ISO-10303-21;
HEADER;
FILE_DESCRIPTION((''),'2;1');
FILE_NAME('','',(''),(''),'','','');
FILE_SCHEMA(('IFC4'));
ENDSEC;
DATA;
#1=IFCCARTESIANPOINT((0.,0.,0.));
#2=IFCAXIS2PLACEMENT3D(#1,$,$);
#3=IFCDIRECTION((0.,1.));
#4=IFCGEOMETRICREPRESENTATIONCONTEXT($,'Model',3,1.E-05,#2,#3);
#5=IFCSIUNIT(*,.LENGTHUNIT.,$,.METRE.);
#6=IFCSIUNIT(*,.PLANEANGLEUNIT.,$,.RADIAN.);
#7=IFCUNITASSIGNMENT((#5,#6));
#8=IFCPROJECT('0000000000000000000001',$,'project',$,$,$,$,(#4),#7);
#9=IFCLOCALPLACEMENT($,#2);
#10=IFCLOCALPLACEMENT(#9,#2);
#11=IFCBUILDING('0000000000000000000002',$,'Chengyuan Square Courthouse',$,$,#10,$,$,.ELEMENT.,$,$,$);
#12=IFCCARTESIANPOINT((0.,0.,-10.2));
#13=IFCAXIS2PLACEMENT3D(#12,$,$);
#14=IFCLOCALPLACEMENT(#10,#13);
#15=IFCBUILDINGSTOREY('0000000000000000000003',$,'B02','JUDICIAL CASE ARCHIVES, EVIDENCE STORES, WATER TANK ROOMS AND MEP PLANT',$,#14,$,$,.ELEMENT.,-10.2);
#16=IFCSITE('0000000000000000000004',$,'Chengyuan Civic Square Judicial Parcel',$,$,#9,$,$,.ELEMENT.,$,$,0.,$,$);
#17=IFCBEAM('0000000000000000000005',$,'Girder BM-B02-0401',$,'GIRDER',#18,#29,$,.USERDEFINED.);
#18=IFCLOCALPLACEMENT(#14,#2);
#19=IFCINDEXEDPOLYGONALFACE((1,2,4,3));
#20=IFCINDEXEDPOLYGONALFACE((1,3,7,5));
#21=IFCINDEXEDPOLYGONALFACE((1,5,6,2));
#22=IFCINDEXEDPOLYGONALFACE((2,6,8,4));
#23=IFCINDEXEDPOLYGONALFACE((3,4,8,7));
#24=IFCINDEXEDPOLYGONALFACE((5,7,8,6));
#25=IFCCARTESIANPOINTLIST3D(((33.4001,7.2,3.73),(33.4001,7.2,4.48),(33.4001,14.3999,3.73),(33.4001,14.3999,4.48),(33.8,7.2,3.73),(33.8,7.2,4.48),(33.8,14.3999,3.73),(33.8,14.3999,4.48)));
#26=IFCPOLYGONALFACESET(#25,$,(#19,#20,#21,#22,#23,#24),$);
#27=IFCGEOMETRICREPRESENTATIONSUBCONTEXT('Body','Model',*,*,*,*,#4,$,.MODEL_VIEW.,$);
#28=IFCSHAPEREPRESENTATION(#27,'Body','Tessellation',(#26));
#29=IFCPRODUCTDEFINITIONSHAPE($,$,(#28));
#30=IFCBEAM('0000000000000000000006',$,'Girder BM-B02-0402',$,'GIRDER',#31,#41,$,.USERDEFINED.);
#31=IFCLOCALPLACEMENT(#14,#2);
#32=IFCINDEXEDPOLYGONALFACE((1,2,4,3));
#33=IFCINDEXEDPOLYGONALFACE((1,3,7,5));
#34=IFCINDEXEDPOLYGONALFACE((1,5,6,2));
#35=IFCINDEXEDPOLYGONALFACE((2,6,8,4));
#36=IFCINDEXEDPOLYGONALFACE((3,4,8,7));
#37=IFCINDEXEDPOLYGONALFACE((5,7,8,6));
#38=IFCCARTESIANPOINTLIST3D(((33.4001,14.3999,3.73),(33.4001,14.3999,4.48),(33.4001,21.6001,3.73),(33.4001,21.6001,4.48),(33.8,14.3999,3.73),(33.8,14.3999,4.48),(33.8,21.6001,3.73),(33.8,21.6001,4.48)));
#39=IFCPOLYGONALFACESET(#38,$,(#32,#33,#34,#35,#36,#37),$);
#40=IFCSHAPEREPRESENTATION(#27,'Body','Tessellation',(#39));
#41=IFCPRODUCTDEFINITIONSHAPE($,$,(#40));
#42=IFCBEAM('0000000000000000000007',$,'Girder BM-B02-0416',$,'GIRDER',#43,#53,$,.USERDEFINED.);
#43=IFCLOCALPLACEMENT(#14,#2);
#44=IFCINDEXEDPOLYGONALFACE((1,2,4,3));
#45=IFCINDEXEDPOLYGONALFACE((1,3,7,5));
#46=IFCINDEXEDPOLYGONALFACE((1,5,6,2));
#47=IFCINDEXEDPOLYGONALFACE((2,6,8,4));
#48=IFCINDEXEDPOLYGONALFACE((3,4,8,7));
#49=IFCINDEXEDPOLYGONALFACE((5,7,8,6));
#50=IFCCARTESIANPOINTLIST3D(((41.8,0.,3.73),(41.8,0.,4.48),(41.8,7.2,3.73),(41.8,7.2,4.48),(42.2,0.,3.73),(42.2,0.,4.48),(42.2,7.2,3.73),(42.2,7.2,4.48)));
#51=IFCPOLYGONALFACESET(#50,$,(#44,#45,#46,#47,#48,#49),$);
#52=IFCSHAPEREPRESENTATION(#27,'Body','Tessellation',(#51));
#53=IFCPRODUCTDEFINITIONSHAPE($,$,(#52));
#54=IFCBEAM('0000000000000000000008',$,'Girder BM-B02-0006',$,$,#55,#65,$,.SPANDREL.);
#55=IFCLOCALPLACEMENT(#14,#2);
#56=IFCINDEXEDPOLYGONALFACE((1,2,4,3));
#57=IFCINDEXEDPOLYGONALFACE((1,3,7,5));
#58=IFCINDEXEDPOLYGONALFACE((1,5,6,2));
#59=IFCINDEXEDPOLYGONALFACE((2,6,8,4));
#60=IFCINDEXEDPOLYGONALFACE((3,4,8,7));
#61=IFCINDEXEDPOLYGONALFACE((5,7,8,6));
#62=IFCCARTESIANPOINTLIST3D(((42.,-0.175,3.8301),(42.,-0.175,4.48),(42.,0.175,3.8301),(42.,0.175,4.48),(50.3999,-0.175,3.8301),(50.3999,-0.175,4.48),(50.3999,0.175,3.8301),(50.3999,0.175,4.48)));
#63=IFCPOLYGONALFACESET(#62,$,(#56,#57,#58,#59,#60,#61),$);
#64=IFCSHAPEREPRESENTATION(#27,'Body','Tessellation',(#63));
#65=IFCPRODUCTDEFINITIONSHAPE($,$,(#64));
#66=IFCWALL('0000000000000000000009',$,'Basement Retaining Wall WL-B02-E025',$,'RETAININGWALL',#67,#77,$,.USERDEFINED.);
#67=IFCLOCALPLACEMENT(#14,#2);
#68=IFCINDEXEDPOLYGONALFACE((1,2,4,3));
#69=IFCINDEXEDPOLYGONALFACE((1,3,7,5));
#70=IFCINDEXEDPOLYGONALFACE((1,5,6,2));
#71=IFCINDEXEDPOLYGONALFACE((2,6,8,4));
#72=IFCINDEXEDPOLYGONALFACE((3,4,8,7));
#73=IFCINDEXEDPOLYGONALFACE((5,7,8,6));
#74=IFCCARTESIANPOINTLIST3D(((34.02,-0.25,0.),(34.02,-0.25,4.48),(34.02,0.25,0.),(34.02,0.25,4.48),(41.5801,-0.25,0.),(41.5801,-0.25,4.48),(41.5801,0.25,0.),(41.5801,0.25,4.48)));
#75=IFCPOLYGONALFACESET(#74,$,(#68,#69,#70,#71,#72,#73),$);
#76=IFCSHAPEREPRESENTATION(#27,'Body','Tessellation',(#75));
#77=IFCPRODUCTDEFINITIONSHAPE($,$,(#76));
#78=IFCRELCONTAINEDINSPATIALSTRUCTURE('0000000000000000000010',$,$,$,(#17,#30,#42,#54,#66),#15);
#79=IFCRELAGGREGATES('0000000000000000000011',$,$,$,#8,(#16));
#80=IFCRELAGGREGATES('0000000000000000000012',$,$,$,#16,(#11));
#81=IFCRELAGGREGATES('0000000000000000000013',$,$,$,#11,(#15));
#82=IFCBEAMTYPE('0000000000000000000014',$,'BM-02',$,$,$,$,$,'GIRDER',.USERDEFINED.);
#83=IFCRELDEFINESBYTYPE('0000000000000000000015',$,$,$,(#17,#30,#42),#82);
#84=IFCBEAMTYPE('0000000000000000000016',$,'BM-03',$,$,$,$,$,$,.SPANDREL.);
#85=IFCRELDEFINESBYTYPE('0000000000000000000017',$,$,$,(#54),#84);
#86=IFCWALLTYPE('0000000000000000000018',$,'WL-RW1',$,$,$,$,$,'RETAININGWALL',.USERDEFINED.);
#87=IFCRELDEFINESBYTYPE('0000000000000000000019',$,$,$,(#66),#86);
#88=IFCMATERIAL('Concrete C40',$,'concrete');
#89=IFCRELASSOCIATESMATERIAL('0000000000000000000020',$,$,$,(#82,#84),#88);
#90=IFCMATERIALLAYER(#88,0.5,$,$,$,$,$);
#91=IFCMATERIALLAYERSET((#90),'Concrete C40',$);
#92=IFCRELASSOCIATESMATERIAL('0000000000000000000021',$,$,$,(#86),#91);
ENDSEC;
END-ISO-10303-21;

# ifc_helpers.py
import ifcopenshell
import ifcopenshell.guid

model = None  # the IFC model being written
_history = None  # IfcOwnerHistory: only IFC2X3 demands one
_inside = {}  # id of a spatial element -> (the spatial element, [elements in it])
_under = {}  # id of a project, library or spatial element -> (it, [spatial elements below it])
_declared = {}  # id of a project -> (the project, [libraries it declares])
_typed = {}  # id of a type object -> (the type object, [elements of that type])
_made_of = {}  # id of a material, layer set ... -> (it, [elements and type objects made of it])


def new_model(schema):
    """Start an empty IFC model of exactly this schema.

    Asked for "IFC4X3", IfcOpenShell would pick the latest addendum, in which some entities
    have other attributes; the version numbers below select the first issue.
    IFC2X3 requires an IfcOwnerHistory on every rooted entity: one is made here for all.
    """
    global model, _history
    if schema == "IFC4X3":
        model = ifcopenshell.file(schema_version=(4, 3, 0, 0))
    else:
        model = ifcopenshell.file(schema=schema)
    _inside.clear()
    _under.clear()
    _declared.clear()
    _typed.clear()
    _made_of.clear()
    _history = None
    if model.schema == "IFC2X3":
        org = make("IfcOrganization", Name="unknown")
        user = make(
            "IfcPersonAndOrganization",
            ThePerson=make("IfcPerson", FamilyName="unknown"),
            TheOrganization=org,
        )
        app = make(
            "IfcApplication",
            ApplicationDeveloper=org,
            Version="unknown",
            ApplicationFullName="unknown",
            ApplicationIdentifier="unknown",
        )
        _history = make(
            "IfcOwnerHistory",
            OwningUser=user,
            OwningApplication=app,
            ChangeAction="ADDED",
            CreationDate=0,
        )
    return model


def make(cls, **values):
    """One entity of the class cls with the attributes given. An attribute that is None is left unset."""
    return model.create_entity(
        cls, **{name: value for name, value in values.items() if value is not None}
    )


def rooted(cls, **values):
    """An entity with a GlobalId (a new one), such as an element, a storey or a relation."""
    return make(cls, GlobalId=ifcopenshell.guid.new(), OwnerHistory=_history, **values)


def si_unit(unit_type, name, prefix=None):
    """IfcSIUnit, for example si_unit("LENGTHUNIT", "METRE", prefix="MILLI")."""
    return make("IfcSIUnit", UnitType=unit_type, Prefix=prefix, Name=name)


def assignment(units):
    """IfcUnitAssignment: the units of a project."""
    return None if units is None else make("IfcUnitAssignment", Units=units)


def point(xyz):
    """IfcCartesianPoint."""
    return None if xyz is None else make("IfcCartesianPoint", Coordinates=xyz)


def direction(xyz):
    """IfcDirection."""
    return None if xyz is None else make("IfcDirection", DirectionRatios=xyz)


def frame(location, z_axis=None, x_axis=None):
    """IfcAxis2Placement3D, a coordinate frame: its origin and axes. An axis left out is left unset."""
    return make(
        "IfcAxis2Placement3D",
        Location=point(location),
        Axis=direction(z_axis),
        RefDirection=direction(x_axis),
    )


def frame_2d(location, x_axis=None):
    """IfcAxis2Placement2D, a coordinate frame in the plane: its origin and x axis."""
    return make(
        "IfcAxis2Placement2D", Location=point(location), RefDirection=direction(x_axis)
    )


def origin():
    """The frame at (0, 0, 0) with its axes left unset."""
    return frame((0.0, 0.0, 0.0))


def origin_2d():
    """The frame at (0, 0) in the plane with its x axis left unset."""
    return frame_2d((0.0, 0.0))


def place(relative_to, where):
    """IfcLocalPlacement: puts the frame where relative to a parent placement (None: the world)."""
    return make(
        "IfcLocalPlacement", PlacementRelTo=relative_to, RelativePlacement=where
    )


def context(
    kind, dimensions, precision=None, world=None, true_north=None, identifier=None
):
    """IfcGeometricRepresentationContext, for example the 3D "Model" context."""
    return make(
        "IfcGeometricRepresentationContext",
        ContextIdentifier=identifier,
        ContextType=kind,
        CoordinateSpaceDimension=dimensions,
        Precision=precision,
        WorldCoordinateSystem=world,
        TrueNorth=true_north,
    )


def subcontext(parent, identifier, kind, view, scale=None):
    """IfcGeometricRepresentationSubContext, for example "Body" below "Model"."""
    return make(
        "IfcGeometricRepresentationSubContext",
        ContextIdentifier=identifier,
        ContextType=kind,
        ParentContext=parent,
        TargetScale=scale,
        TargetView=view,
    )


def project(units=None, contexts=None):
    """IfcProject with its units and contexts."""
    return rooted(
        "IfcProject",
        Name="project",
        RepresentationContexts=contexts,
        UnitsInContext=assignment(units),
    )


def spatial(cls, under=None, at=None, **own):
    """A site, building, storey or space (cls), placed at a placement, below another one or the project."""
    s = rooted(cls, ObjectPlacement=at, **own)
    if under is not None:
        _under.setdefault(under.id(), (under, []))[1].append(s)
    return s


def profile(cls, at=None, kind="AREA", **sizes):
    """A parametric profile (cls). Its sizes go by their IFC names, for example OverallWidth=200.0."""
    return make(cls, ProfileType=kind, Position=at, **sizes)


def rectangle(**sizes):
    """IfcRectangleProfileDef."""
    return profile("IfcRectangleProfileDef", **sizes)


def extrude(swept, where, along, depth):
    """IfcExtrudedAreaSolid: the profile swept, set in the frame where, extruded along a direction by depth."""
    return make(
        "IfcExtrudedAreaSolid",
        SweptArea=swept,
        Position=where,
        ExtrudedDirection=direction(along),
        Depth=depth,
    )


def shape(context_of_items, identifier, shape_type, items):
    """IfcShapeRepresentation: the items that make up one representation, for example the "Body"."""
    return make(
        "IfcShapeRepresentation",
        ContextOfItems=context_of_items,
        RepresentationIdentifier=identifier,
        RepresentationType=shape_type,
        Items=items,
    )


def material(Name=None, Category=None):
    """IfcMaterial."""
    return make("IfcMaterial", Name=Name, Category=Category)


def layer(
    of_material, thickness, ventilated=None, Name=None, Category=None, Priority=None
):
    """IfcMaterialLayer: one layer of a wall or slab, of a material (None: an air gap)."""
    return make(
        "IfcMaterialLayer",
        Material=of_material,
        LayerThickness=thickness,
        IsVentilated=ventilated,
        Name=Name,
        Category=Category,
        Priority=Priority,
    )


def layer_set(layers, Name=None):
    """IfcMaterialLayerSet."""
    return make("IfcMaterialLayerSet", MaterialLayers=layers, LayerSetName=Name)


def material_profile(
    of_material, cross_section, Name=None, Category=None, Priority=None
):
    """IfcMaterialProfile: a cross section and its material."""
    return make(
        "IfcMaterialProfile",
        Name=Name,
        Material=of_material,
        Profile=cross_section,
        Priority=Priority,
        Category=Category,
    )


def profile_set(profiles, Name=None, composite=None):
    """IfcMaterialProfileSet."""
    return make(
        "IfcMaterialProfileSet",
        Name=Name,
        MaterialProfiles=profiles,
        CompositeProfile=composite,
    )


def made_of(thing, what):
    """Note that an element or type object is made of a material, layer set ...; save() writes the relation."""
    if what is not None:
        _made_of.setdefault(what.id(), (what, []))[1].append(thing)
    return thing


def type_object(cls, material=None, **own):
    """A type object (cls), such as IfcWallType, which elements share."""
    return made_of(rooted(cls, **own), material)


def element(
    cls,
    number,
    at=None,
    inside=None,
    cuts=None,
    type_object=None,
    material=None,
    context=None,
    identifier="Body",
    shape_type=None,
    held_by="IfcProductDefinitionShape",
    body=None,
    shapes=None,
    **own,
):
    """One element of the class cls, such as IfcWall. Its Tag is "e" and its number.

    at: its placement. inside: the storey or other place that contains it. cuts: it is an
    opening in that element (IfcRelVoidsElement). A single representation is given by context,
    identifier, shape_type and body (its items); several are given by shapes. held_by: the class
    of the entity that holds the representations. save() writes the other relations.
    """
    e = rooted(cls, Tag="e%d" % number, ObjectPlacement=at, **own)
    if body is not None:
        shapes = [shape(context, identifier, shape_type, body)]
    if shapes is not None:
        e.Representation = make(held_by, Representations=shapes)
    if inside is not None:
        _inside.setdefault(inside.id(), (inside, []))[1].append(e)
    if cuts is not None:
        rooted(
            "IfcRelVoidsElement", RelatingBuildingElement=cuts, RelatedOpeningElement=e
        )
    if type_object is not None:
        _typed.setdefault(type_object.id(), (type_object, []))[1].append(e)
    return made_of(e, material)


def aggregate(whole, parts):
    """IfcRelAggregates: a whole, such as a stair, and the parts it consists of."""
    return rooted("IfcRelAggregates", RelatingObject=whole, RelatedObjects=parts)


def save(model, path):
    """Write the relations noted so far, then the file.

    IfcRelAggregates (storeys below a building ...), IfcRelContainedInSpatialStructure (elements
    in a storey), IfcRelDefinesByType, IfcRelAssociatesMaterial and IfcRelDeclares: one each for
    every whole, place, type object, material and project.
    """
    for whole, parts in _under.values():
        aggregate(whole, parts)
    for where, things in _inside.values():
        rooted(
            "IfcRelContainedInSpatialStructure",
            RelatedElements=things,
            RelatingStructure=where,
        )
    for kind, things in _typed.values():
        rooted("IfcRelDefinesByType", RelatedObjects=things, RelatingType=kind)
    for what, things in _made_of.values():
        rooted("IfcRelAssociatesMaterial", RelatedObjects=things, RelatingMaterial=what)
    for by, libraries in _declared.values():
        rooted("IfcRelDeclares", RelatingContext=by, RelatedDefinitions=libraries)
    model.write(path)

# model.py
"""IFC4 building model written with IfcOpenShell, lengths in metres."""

from ifc_helpers import new_model, si_unit, direction, frame, frame_2d, origin, origin_2d, place, context, subcontext, project, spatial, rectangle, extrude, material, layer, layer_set, material_profile, profile_set, type_object, element, save


model = new_model("IFC4")

# Units and contexts
model_context = context("Model", 3, precision=1e-05, world=origin(), true_north=direction((0.0, 1.0)))
body_context = subcontext(model_context, "Body", "Model", "MODEL_VIEW")
ifc_project = project(units=[si_unit("LENGTHUNIT", "METRE"), si_unit("PLANEANGLEUNIT", "RADIAN")], contexts=[model_context])

# Site, building, storey
site_placement = place(None, origin())
site = spatial("IfcSite", under=ifc_project, at=site_placement, Name="Chengyuan Civic Square Judicial Parcel", CompositionType="ELEMENT", RefElevation=0.0)
building_placement = place(site_placement, origin())
building = spatial("IfcBuilding", under=site, at=building_placement, Name="Chengyuan Square Courthouse", CompositionType="ELEMENT")
storey_placement = place(building_placement, frame((0.0, 0.0, -10.2)))
storey = spatial("IfcBuildingStorey", under=building, at=storey_placement, Name="B02", Description="JUDICIAL CASE ARCHIVES, EVIDENCE STORES, WATER TANK ROOMS AND MEP PLANT", CompositionType="ELEMENT", Elevation=-10.2)

# Shared definitions
ifc_material_1 = material(Name="Concrete C40", Category="concrete")

# Beams
ifc_material_profile_1 = material_profile(ifc_material_1, rectangle(XDim=0.3999, YDim=0.75, at=origin_2d()), Name="RC-BM-400x750")
ifc_profile_set_1 = profile_set([ifc_material_profile_1], Name="Concrete C40")
beam_type_1 = type_object("IfcBeamType", Name="BM-02", ElementType="GIRDER", PredefinedType="USERDEFINED", material=ifc_profile_set_1)
for number, where, z_axis, x_axis, name in (
    (1, (33.6001, 7.2, 4.105), (0.0, 1.0, 0.0), (-1.0, 0.0, 0.0), "Girder BM-B02-0401"),
):
    element("IfcBeam", number, at=place(storey_placement, frame(where, z_axis=z_axis, x_axis=x_axis)), inside=storey, type_object=beam_type_1, Name=name, ObjectType="GIRDER", PredefinedType="USERDEFINED", context=body_context, shape_type="SweptSolid", body=[
        extrude(rectangle(XDim=0.3999, YDim=0.75, at=origin_2d()), origin(), (0.0, 0.0, 1.0), 7.2),
    ])
beam_1_placement = place(storey_placement, frame((33.6001, 14.3999, 4.105), z_axis=(0.0, 1.0, 0.0), x_axis=(-1.0, 0.0, 0.0)))
element("IfcBeam", 2, at=beam_1_placement, inside=storey, type_object=beam_type_1, Name="Girder BM-B02-0402", ObjectType="GIRDER", PredefinedType="USERDEFINED", context=body_context, shape_type="SweptSolid", body=[
    extrude(rectangle(XDim=0.3999, YDim=0.75, at=origin_2d()), origin(), (0.0, 0.0, 1.0), 7.2002),
])
beam_2_placement = place(storey_placement, frame((42.0, 0.0, 4.105), z_axis=(0.0, 1.0, 0.0), x_axis=(-1.0, 0.0, 0.0)))
element("IfcBeam", 3, at=beam_2_placement, inside=storey, type_object=beam_type_1, Name="Girder BM-B02-0416", ObjectType="GIRDER", PredefinedType="USERDEFINED", context=body_context, shape_type="SweptSolid", body=[
    extrude(rectangle(XDim=0.3999, YDim=0.75, at=origin_2d()), origin(), (0.0, 0.0, 1.0), 7.2),
])
ifc_material_profile_2 = material_profile(ifc_material_1, rectangle(XDim=0.3501, YDim=0.6499, at=origin_2d()), Name="RC-BM-350x650")
ifc_profile_set_2 = profile_set([ifc_material_profile_2], Name="Concrete C40")
beam_type_2 = type_object("IfcBeamType", Name="BM-03", PredefinedType="SPANDREL", material=ifc_profile_set_2)
beam_3_placement = place(storey_placement, frame((42.0, 0.0, 4.155), z_axis=(1.0, 0.0, 0.0), x_axis=(0.0, 1.0, 0.0)))
element("IfcBeam", 4, at=beam_3_placement, inside=storey, type_object=beam_type_2, Name="Girder BM-B02-0006", PredefinedType="SPANDREL", context=body_context, shape_type="SweptSolid", body=[
    extrude(rectangle(XDim=0.3501, YDim=0.6499, at=origin_2d()), origin(), (0.0, 0.0, 1.0), 8.3999),
])

# Wall
ifc_layer = layer(ifc_material_1, 0.5)
ifc_layer_set = layer_set([ifc_layer], Name="Concrete C40")
wall_type = type_object("IfcWallType", Name="WL-RW1", ElementType="RETAININGWALL", PredefinedType="USERDEFINED", material=ifc_layer_set)
wall_placement = place(storey_placement, frame((34.02, 0.0, 0.0), z_axis=(0.0, 0.0, 1.0), x_axis=(1.0, 0.0, 0.0)))
element("IfcWall", 5, at=wall_placement, inside=storey, type_object=wall_type, Name="Basement Retaining Wall WL-B02-E025", ObjectType="RETAININGWALL", PredefinedType="USERDEFINED", context=body_context, shape_type="SweptSolid", body=[
    extrude(rectangle(XDim=7.5601, YDim=0.5, at=frame_2d((3.78, 0.0))), origin(), (0.0, 0.0, 1.0), 4.48),
])

save(model, "model.ifc")
